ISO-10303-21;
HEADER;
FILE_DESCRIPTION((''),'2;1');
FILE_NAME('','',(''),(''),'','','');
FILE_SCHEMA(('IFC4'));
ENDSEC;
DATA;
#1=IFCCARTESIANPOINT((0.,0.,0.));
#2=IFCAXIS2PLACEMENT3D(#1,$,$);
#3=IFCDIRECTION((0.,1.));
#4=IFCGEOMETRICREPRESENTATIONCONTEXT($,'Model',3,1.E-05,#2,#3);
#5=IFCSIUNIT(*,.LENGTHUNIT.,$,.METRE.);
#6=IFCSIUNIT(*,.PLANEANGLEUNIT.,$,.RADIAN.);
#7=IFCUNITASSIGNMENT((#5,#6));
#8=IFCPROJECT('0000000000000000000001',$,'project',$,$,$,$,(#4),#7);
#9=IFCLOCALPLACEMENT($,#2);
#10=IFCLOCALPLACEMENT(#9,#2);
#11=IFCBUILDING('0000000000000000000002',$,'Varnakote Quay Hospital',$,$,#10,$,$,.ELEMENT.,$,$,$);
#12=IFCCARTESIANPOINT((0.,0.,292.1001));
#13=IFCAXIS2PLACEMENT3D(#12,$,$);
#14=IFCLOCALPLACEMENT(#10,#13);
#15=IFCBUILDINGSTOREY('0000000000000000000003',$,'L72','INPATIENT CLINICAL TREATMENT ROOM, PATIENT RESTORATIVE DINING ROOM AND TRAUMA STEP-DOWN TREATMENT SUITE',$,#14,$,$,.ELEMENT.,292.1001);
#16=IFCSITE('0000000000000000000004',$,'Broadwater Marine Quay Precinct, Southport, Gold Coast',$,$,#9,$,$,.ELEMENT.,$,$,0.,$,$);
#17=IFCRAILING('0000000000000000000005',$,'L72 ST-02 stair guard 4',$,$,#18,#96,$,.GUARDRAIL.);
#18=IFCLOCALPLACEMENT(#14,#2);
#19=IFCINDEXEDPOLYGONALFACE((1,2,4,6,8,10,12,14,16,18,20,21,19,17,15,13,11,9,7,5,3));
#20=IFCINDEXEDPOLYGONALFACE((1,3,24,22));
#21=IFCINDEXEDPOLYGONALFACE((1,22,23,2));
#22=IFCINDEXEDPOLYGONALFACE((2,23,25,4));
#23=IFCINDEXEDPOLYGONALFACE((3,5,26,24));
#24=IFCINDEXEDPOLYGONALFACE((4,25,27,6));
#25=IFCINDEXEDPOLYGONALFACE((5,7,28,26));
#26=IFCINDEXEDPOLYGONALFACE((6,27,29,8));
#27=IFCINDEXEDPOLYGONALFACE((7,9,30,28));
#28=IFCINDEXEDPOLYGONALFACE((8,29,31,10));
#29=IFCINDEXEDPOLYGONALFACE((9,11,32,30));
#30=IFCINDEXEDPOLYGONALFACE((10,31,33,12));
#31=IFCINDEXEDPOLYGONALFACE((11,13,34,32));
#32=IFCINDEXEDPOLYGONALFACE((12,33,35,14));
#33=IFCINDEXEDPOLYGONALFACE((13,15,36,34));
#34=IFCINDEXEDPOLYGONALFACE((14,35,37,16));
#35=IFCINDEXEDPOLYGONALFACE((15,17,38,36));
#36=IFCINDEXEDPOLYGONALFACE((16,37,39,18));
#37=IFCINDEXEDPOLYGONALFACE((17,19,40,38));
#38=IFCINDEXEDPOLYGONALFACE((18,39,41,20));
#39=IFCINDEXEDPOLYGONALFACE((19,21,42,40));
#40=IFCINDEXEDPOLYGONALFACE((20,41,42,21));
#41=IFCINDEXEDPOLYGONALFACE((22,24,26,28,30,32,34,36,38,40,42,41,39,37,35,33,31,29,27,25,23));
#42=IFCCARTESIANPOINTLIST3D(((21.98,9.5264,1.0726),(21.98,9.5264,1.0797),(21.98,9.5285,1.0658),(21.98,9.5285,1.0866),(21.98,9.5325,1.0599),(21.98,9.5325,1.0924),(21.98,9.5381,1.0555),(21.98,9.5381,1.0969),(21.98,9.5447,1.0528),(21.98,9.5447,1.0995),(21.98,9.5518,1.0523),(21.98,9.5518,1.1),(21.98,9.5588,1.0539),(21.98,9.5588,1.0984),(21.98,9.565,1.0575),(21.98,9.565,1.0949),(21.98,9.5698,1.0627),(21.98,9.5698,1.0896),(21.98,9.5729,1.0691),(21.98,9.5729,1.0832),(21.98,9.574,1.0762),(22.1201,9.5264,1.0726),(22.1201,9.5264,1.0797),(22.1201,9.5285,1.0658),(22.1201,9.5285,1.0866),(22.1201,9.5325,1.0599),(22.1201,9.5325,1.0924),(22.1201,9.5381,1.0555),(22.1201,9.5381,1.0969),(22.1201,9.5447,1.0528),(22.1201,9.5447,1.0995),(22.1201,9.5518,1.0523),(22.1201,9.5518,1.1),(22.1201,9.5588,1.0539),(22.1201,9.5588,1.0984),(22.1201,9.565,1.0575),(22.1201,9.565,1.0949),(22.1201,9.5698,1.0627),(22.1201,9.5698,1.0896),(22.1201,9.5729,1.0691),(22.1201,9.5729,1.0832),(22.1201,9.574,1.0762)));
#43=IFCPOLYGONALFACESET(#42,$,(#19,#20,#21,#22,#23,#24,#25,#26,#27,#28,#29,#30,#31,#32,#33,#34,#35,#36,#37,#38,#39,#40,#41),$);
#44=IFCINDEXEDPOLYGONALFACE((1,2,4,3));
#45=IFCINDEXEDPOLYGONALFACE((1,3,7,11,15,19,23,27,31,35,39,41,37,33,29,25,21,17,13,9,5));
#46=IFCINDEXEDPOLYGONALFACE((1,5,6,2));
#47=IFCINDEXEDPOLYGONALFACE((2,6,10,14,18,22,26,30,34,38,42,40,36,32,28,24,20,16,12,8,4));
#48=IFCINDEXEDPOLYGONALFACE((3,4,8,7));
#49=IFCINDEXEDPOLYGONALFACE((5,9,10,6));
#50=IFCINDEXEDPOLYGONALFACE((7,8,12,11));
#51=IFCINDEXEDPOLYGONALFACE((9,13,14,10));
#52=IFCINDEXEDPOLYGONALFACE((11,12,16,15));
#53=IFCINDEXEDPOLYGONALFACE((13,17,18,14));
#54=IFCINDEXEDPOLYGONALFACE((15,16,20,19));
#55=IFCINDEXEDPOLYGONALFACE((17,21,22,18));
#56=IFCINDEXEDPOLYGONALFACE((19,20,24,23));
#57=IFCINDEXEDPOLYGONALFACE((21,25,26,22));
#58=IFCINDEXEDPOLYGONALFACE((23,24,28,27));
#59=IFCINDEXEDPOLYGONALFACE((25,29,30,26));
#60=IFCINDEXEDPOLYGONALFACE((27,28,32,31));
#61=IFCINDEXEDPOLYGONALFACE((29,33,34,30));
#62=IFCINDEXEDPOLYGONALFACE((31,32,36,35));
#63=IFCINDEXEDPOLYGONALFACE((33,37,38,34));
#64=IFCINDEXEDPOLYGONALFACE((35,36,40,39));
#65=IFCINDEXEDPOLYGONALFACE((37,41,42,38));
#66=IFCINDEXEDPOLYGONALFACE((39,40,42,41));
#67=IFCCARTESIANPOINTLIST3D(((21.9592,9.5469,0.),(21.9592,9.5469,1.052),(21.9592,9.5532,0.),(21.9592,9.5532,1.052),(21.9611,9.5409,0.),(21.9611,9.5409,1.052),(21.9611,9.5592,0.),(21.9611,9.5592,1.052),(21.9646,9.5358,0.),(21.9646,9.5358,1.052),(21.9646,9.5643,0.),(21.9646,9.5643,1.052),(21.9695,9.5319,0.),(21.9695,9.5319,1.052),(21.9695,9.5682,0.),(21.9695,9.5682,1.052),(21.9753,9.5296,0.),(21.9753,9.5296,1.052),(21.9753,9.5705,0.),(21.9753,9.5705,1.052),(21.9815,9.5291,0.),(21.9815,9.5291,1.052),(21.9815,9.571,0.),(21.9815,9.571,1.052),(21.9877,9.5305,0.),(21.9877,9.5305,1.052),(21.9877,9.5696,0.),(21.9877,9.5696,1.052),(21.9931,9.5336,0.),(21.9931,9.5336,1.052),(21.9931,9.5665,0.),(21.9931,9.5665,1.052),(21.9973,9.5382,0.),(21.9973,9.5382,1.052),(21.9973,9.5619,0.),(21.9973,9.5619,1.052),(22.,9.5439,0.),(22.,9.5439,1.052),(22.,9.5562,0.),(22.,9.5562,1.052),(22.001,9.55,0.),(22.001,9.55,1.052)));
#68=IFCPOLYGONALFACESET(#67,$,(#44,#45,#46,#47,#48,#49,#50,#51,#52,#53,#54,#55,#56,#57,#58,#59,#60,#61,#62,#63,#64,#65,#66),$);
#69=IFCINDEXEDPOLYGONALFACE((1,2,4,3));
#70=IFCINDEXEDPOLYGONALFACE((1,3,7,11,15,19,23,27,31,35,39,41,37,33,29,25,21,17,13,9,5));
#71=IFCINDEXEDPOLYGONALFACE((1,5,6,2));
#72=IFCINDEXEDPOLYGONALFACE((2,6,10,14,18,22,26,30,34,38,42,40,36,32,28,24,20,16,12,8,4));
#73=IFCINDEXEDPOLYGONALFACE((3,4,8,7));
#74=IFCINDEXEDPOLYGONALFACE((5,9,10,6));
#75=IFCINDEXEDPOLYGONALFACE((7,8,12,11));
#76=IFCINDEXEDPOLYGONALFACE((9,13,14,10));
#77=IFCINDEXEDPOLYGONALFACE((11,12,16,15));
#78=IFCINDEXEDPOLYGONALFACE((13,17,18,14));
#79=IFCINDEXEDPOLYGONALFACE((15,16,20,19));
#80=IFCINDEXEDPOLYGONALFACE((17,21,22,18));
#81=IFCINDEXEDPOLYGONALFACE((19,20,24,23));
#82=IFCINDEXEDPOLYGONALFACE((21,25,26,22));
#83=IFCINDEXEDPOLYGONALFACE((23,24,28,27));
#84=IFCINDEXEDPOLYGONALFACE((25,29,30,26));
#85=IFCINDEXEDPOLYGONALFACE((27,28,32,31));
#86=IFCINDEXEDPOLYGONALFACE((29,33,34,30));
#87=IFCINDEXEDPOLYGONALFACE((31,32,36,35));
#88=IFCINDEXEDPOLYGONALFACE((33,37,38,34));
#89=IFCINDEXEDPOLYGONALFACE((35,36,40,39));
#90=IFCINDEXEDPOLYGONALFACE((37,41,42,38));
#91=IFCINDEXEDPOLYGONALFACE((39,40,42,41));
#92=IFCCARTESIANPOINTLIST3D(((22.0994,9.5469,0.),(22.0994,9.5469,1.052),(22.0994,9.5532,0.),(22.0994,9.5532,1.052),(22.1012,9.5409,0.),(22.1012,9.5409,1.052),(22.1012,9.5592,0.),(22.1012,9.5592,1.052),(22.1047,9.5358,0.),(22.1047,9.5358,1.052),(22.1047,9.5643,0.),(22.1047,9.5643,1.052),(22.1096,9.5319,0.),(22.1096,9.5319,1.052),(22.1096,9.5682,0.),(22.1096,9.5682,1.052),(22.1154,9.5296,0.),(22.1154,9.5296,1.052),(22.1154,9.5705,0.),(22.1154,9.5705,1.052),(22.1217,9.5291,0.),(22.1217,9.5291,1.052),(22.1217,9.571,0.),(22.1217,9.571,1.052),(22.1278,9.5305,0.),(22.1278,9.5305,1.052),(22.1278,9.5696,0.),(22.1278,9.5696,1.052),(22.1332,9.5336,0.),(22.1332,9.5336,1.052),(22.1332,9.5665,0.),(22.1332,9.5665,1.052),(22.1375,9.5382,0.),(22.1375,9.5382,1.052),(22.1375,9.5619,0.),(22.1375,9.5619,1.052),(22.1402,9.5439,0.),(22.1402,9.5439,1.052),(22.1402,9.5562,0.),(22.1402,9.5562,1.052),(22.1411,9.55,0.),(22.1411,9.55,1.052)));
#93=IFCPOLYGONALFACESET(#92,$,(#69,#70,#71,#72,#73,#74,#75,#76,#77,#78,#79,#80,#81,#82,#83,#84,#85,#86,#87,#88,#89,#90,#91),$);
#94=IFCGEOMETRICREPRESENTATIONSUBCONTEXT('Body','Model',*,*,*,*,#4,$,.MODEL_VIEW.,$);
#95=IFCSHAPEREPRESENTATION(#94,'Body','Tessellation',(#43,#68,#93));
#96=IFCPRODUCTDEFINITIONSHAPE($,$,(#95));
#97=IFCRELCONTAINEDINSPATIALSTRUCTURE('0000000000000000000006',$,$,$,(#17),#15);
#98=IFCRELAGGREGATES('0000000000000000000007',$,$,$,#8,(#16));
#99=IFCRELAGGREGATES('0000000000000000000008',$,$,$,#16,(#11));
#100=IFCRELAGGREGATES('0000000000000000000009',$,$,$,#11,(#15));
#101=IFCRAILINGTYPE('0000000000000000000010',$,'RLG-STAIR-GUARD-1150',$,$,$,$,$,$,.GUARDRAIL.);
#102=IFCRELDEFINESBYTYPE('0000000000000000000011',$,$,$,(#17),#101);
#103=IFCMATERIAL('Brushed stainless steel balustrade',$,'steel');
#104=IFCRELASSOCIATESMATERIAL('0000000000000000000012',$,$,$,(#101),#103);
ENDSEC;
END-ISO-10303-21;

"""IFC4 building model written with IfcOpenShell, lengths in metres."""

from ifc_helpers import new_model, si_unit, direction, frame, origin, origin_2d, place, context, subcontext, project, spatial, circle, extrude, material, type_object, element, save


model = new_model("IFC4")

# Units and contexts
model_context = context("Model", 3, precision=1e-05, world=origin(), true_north=direction((0.0, 1.0)))
body_context = subcontext(model_context, "Body", "Model", "MODEL_VIEW")
ifc_project = project(units=[si_unit("LENGTHUNIT", "METRE"), si_unit("PLANEANGLEUNIT", "RADIAN")], contexts=[model_context])

# Site, building, storey
site_placement = place(None, origin())
site = spatial("IfcSite", under=ifc_project, at=site_placement, Name="Broadwater Marine Quay Precinct, Southport, Gold Coast", CompositionType="ELEMENT", RefElevation=0.0)
building_placement = place(site_placement, origin())
building = spatial("IfcBuilding", under=site, at=building_placement, Name="Varnakote Quay Hospital", CompositionType="ELEMENT")
storey_placement = place(building_placement, frame((0.0, 0.0, 292.1001)))
storey = spatial("IfcBuildingStorey", under=building, at=storey_placement, Name="L72", Description="INPATIENT CLINICAL TREATMENT ROOM, PATIENT RESTORATIVE DINING ROOM AND TRAUMA STEP-DOWN TREATMENT SUITE", CompositionType="ELEMENT", Elevation=292.1001)

# Railing
ifc_material_1 = material(Name="Brushed stainless steel balustrade", Category="steel")
railing_type_1 = type_object("IfcRailingType", Name="RLG-STAIR-GUARD-1150", PredefinedType="GUARDRAIL", material=ifc_material_1)
railing_1_placement = place(storey_placement, frame((21.98, 9.55, 0.0)))
element("IfcRailing", 1, at=railing_1_placement, inside=storey, type_object=railing_type_1, Name="L72 ST-02 stair guard 4", PredefinedType="GUARDRAIL", context=body_context, shape_type="SweptSolid", body=[
    extrude(circle(Radius=0.0239, at=origin_2d()), frame((0.0, 0.0, 1.0762), z_axis=(1.0, 0.0, 0.0), x_axis=(0.0, 1.0, 0.0)), (0.0, 0.0, 1.0), 0.1401),
    extrude(circle(Radius=0.021, at=origin_2d()), origin(), (0.0, 0.0, 1.0), 1.052),
    extrude(circle(Radius=0.021, at=origin_2d()), frame((0.1401, 0.0, 0.0)), (0.0, 0.0, 1.0), 1.052),
])

save(model, "model.ifc")
